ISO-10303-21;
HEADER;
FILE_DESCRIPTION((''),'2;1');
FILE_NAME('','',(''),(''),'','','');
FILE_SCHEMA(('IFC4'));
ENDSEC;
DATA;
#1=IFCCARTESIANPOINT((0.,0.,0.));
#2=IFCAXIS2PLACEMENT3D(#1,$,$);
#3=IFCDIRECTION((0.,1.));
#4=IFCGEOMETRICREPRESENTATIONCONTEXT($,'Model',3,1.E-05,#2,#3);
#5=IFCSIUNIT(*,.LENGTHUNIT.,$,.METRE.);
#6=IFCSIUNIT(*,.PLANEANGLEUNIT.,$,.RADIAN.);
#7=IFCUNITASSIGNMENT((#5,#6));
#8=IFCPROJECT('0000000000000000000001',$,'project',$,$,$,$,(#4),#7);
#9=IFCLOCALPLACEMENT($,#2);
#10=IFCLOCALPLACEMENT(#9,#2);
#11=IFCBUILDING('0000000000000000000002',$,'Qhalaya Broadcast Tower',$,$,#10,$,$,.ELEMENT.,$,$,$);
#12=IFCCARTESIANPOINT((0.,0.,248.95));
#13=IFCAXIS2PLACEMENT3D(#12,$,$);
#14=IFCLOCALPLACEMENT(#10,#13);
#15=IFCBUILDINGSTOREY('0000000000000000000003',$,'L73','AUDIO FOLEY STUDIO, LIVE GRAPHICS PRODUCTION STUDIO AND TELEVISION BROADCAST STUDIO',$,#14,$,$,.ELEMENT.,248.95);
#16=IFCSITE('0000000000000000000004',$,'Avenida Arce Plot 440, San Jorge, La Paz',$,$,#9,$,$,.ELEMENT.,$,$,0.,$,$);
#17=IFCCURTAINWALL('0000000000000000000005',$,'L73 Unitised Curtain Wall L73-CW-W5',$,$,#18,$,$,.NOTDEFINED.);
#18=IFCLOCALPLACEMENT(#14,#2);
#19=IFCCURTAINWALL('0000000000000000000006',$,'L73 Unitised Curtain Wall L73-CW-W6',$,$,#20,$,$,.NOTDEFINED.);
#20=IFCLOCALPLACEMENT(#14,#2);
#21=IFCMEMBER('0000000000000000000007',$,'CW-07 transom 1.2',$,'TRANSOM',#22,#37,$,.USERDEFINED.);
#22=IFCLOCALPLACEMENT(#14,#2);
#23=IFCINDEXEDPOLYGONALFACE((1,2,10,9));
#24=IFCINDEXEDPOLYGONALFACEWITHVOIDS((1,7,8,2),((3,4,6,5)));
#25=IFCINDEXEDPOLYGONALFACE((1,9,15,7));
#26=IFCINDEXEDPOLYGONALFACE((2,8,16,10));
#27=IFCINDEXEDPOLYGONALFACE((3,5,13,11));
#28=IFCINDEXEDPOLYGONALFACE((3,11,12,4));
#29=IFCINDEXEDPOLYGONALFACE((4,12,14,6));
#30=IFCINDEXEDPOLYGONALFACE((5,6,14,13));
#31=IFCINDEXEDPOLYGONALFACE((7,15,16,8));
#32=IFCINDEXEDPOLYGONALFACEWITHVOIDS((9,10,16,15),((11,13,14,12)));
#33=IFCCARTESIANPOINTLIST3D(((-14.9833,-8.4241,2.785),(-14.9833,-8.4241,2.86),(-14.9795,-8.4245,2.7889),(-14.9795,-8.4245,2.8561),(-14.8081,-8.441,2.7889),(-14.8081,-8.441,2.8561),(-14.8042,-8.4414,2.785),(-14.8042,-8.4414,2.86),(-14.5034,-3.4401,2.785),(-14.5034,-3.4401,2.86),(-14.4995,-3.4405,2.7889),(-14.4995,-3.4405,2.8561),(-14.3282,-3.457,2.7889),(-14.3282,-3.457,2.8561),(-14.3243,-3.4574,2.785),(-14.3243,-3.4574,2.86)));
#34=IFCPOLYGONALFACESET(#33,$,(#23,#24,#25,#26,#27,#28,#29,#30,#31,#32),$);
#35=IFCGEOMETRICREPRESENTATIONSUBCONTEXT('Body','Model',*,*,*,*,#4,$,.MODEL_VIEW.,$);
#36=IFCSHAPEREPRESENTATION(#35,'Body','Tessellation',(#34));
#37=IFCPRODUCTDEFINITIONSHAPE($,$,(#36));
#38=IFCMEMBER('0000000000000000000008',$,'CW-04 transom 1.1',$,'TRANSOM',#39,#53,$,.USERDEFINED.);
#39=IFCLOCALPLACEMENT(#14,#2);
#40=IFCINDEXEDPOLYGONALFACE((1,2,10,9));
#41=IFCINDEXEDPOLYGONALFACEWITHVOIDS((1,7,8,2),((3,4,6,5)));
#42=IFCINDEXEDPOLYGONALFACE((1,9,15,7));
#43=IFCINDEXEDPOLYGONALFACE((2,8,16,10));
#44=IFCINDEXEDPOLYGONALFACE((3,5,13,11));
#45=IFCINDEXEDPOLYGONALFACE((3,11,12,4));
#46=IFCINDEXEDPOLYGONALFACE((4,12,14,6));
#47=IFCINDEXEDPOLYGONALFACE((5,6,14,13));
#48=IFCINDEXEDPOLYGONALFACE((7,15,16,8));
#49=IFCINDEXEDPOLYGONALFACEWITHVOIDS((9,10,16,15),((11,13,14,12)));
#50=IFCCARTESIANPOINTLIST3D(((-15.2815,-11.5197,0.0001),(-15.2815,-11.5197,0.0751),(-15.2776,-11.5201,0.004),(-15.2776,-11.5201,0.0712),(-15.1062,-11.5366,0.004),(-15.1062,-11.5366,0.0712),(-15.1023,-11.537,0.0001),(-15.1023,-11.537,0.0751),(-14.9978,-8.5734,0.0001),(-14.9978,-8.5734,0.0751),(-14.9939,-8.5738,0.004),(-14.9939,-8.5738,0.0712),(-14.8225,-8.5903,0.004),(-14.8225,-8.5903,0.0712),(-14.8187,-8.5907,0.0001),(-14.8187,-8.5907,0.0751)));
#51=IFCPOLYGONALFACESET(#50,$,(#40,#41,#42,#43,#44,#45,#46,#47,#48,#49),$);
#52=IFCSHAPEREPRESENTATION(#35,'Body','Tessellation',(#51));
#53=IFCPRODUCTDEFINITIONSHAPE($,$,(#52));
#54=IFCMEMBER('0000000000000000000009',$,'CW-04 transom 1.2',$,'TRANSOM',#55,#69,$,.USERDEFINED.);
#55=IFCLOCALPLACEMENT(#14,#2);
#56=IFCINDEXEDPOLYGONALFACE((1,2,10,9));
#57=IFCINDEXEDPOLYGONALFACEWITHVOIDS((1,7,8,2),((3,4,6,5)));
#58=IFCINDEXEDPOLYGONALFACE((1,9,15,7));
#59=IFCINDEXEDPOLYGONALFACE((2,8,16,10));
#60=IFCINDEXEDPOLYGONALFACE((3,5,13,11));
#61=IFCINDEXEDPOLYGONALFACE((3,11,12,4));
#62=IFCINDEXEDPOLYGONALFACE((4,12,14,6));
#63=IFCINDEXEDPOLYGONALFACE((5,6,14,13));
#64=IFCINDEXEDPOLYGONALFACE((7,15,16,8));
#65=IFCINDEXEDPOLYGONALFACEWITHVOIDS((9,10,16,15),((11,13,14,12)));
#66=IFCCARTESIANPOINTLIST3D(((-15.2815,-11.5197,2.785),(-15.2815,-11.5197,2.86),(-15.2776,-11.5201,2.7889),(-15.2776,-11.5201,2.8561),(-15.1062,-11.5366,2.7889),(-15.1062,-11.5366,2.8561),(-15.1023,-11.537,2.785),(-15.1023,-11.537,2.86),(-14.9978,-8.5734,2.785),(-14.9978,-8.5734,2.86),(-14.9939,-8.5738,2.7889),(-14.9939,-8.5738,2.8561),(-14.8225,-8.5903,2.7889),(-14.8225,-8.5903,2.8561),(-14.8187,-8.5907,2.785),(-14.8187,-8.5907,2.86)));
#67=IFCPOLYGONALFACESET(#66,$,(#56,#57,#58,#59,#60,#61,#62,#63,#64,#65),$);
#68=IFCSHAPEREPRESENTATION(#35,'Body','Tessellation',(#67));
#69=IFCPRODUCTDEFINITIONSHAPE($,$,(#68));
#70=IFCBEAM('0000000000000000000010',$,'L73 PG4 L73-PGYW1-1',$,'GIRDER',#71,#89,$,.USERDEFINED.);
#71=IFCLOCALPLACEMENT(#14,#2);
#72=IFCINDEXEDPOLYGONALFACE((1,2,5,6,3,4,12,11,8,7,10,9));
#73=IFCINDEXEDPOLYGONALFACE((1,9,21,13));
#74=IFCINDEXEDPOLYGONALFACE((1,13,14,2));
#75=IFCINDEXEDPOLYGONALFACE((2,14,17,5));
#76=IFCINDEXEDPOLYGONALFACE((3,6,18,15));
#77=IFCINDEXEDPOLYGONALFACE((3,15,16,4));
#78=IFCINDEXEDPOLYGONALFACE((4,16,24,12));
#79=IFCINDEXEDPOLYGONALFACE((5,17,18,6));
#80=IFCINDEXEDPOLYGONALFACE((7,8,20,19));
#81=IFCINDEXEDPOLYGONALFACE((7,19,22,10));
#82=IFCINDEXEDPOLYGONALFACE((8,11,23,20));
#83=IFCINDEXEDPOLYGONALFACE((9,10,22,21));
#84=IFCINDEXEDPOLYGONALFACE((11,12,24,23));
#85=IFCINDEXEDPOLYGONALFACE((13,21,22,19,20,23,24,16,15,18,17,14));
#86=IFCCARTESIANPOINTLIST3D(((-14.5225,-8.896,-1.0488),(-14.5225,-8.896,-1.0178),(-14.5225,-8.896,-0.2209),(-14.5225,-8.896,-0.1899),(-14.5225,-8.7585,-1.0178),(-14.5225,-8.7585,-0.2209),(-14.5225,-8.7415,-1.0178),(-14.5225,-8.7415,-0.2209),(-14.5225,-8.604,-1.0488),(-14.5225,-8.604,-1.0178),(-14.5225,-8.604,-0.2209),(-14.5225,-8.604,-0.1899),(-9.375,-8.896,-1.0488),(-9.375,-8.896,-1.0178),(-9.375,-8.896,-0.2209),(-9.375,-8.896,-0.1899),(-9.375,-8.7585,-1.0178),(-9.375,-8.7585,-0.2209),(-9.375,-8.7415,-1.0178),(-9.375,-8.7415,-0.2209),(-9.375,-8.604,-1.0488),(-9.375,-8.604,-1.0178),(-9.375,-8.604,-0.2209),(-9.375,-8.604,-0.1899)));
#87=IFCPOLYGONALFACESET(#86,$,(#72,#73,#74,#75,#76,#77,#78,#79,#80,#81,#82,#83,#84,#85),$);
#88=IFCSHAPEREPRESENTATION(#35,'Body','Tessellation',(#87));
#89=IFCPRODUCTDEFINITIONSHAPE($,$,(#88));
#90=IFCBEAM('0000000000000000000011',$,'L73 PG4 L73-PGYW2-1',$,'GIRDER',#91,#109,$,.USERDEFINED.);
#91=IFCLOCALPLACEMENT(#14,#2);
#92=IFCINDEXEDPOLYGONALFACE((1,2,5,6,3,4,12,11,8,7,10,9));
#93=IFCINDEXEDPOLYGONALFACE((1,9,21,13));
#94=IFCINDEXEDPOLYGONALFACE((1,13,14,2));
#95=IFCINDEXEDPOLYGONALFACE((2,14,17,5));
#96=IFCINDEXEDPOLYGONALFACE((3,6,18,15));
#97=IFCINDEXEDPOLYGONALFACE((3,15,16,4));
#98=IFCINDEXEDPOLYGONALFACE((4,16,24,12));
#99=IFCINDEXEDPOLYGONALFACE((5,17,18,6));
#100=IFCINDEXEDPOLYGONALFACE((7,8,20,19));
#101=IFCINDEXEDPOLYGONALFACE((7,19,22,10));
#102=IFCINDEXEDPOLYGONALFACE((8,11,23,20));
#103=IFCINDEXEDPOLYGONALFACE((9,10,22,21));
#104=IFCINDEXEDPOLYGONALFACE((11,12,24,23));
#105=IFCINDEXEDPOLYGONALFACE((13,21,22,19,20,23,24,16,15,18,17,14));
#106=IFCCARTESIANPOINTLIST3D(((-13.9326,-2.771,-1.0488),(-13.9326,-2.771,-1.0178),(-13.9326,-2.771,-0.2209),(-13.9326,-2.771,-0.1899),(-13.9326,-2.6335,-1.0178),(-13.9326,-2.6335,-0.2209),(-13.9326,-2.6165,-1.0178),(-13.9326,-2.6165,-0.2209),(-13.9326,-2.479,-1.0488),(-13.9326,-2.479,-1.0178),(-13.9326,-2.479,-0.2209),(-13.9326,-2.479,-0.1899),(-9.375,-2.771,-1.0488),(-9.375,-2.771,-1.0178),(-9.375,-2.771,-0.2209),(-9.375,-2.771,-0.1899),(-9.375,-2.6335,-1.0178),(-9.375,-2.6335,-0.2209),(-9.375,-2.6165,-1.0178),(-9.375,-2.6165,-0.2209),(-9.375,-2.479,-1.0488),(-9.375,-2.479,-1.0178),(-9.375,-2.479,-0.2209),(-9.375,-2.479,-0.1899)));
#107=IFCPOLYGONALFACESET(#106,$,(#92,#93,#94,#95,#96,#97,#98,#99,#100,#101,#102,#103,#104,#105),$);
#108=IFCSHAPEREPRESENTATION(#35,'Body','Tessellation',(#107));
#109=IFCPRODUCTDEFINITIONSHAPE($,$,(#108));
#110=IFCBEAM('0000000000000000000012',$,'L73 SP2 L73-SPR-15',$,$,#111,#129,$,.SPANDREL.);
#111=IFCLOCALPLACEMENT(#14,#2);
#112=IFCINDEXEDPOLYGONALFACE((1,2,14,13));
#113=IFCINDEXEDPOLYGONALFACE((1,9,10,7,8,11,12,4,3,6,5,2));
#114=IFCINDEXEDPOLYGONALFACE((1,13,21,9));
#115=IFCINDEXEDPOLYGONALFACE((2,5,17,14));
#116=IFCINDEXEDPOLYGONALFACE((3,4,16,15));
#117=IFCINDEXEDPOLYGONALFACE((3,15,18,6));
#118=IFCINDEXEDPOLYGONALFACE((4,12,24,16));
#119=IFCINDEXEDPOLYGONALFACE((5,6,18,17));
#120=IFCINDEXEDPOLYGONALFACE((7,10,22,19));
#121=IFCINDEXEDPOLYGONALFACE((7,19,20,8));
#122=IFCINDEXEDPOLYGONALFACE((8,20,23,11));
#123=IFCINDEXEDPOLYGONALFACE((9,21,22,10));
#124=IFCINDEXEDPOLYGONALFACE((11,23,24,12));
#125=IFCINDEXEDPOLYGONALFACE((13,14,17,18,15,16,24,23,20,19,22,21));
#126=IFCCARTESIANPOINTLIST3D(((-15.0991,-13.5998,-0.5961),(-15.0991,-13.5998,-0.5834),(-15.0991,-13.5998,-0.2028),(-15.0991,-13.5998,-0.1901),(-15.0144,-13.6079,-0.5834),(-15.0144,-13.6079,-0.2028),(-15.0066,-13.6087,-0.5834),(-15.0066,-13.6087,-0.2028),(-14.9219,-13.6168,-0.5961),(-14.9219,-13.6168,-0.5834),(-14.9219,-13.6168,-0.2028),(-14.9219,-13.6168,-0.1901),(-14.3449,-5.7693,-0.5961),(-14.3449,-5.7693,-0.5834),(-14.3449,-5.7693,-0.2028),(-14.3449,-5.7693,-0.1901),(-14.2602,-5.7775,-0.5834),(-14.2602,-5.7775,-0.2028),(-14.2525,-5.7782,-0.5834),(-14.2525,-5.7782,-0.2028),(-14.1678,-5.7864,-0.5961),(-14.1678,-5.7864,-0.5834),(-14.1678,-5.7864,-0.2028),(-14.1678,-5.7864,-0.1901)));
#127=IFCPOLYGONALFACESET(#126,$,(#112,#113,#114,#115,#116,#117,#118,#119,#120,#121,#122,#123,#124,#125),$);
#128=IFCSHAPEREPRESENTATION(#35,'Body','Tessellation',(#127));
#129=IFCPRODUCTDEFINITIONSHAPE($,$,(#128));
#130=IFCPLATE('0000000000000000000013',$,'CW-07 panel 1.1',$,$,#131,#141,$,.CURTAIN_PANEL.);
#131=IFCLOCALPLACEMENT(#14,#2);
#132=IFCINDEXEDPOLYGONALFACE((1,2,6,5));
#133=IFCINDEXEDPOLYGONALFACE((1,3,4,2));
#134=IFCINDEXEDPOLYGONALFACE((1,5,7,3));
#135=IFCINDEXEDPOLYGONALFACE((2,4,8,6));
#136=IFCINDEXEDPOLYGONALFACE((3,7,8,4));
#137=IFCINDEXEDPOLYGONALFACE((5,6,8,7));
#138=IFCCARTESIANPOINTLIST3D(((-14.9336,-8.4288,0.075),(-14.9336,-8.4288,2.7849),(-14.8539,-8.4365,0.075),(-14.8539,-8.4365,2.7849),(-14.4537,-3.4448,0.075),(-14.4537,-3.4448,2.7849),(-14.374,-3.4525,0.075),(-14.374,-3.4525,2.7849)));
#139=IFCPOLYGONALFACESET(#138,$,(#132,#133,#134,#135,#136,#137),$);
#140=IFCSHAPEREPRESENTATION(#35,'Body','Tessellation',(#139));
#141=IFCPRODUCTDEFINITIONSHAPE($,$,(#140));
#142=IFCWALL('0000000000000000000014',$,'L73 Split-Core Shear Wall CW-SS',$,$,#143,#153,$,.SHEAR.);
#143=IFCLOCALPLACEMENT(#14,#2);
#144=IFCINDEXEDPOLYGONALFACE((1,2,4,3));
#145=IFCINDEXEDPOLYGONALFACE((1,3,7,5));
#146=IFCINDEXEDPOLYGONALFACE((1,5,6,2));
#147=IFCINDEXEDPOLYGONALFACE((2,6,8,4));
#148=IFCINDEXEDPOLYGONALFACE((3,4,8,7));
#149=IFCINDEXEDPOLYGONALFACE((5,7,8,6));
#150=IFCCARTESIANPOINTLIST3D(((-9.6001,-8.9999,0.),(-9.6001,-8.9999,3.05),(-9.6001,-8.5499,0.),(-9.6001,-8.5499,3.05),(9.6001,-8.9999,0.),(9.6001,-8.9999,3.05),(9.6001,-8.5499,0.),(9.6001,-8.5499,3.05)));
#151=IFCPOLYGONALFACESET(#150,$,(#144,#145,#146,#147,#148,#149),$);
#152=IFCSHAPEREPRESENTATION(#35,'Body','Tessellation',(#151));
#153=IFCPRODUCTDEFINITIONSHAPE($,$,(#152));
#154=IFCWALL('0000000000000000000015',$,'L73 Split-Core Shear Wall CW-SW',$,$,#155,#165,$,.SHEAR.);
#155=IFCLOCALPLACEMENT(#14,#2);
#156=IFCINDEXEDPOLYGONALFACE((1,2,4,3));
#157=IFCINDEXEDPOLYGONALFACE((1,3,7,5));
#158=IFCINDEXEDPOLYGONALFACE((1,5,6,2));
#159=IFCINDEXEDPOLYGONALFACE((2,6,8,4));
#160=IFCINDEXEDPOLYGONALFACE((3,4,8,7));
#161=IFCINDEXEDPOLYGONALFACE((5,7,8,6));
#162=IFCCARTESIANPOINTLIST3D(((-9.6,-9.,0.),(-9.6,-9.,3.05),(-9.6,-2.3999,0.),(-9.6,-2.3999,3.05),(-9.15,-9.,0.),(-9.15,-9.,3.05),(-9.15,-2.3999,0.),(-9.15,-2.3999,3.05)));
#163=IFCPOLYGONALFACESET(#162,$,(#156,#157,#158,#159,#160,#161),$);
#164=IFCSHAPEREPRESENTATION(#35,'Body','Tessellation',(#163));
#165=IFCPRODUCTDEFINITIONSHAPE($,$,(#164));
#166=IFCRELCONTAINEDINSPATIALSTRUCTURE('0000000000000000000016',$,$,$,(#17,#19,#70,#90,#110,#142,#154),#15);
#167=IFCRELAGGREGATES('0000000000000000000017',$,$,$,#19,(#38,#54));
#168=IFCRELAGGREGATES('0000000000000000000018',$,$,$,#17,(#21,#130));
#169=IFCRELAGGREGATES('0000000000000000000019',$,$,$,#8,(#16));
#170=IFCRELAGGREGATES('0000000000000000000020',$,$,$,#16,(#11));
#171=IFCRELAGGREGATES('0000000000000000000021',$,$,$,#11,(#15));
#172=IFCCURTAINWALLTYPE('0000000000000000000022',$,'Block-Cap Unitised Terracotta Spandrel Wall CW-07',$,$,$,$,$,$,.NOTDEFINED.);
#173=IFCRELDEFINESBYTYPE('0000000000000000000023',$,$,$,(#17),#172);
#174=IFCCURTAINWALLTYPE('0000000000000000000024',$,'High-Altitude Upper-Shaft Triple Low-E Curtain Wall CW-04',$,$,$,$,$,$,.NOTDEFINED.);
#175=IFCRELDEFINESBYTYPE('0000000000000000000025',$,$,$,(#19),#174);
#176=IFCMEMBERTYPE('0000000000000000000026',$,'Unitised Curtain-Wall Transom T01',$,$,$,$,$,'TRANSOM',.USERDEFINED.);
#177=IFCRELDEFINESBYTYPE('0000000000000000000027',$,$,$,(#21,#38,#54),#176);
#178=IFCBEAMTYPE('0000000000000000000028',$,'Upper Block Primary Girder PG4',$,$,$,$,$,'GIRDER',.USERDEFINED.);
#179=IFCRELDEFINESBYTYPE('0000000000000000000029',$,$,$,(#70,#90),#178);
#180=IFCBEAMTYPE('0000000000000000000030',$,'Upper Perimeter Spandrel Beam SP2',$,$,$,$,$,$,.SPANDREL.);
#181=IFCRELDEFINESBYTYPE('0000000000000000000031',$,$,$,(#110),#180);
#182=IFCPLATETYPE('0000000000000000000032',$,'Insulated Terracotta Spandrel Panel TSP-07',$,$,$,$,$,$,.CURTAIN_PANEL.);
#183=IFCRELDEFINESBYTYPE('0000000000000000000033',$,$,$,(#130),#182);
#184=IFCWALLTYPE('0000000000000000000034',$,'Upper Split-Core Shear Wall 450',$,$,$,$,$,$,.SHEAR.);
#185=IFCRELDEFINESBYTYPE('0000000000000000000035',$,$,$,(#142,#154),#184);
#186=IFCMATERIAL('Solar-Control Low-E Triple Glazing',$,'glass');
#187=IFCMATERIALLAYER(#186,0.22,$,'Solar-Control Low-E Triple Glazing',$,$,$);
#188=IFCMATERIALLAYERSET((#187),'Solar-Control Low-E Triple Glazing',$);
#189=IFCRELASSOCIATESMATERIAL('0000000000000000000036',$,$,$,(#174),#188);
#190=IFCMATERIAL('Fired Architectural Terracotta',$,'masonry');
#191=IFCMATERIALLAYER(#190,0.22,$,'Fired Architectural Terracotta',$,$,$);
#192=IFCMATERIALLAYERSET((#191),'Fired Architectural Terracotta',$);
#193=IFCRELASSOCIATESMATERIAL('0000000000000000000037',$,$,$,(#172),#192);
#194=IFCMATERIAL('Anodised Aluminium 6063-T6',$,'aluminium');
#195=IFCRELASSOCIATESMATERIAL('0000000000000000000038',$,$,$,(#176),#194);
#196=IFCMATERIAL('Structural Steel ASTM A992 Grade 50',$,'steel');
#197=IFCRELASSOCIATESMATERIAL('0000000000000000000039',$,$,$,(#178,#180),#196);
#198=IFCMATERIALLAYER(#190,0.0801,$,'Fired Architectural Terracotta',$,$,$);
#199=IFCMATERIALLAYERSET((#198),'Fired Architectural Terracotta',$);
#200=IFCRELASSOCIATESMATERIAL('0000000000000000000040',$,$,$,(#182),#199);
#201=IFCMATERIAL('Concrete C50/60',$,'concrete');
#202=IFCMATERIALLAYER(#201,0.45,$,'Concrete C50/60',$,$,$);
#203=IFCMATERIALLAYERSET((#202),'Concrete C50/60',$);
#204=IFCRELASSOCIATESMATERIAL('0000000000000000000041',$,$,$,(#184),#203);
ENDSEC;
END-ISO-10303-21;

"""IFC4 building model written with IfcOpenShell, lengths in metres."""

from ifc_helpers import new_model, si_unit, direction, frame, frame_2d, origin, origin_2d, place, context, subcontext, project, spatial, rectangle, hollow_rectangle, i_section, extrude, material, layer, layer_set, material_profile, profile_set, type_object, element, aggregate, save


model = new_model("IFC4")

# Units and contexts
model_context = context("Model", 3, precision=1e-05, world=origin(), true_north=direction((0.0, 1.0)))
body_context = subcontext(model_context, "Body", "Model", "MODEL_VIEW")
ifc_project = project(units=[si_unit("LENGTHUNIT", "METRE"), si_unit("PLANEANGLEUNIT", "RADIAN")], contexts=[model_context])

# Site, building, storey
site_placement = place(None, origin())
site = spatial("IfcSite", under=ifc_project, at=site_placement, Name="Avenida Arce Plot 440, San Jorge, La Paz", CompositionType="ELEMENT", RefElevation=0.0)
building_placement = place(site_placement, origin())
building = spatial("IfcBuilding", under=site, at=building_placement, Name="Qhalaya Broadcast Tower", CompositionType="ELEMENT")
storey_placement = place(building_placement, frame((0.0, 0.0, 248.95)))
storey = spatial("IfcBuildingStorey", under=building, at=storey_placement, Name="L73", Description="AUDIO FOLEY STUDIO, LIVE GRAPHICS PRODUCTION STUDIO AND TELEVISION BROADCAST STUDIO", CompositionType="ELEMENT", Elevation=248.95)

# Shared definitions
ifc_material_1 = material(Name="Structural Steel ASTM A992 Grade 50", Category="steel")

# Shared definitions
ifc_material_2 = material(Name="Solar-Control Low-E Triple Glazing", Category="glass")
ifc_layer_1 = layer(ifc_material_2, 0.22, Name="Solar-Control Low-E Triple Glazing")
ifc_layer_set_1 = layer_set([ifc_layer_1], Name="Solar-Control Low-E Triple Glazing")
curtain_wall_type_1 = type_object("IfcCurtainWallType", Name="High-Altitude Upper-Shaft Triple Low-E Curtain Wall CW-04", PredefinedType="NOTDEFINED", material=ifc_layer_set_1)
ifc_material_3 = material(Name="Anodised Aluminium 6063-T6", Category="aluminium")

# Curtain wall
ifc_material_4 = material(Name="Fired Architectural Terracotta", Category="masonry")
ifc_layer_2 = layer(ifc_material_4, 0.22, Name="Fired Architectural Terracotta")
ifc_layer_set_2 = layer_set([ifc_layer_2], Name="Fired Architectural Terracotta")
curtain_wall_type_2 = type_object("IfcCurtainWallType", Name="Block-Cap Unitised Terracotta Spandrel Wall CW-07", PredefinedType="NOTDEFINED", material=ifc_layer_set_2)
curtain_wall_1_placement = place(storey_placement, origin())
curtain_wall_1 = element("IfcCurtainWall", 1, at=curtain_wall_1_placement, inside=storey, type_object=curtain_wall_type_2, Name="L73 Unitised Curtain Wall L73-CW-W5", PredefinedType="NOTDEFINED")

# Curtain wall
curtain_wall_2_placement = place(storey_placement, origin())
curtain_wall_2 = element("IfcCurtainWall", 2, at=curtain_wall_2_placement, inside=storey, type_object=curtain_wall_type_1, Name="L73 Unitised Curtain Wall L73-CW-W6", PredefinedType="NOTDEFINED")

# Members
ifc_material_profile_1 = material_profile(ifc_material_3, hollow_rectangle(XDim=0.075, YDim=0.1799, WallThickness=0.0039, at=origin_2d()), Name="ALU-TRN 75x180x4")
ifc_profile_set_1 = profile_set([ifc_material_profile_1], Name="Anodised Aluminium 6063-T6")
member_type_1 = type_object("IfcMemberType", Name="Unitised Curtain-Wall Transom T01", ElementType="TRANSOM", PredefinedType="USERDEFINED", material=ifc_profile_set_1)
member_1_placement = place(storey_placement, frame((-14.4138, -3.4487, 2.8225), z_axis=(-0.095858, -0.995395, 0.0), x_axis=(0.0, 0.0, 1.0)))
member_1 = element("IfcMember", 3, at=member_1_placement, type_object=member_type_1, Name="CW-07 transom 1.2", ObjectType="TRANSOM", PredefinedType="USERDEFINED", context=body_context, shape_type="SweptSolid", body=[
    extrude(hollow_rectangle(XDim=0.075, YDim=0.1799, WallThickness=0.0039, at=origin_2d()), origin(), (0.0, 0.0, 1.0), 5.0071),
])
member_2_placement = place(storey_placement, frame((-14.9082, -8.582, 0.0376), z_axis=(-0.095844, -0.995396, 0.0), x_axis=(0.0, 0.0, 1.0)))
member_2 = element("IfcMember", 4, at=member_2_placement, type_object=member_type_1, Name="CW-04 transom 1.1", ObjectType="TRANSOM", PredefinedType="USERDEFINED", context=body_context, shape_type="SweptSolid", body=[
    extrude(hollow_rectangle(XDim=0.075, YDim=0.1799, WallThickness=0.0039, at=origin_2d()), origin(), (0.0, 0.0, 1.0), 2.96),
])
member_3_placement = place(storey_placement, frame((-14.9082, -8.582, 2.8225), z_axis=(-0.095844, -0.995396, 0.0), x_axis=(0.0, 0.0, 1.0)))
member_3 = element("IfcMember", 5, at=member_3_placement, type_object=member_type_1, Name="CW-04 transom 1.2", ObjectType="TRANSOM", PredefinedType="USERDEFINED", context=body_context, shape_type="SweptSolid", body=[
    extrude(hollow_rectangle(XDim=0.075, YDim=0.1799, WallThickness=0.0039, at=origin_2d()), origin(), (0.0, 0.0, 1.0), 2.96),
])
aggregate(curtain_wall_2, [member_2, member_3])

# Beams
ifc_material_profile_2 = material_profile(ifc_material_1, i_section(OverallWidth=0.292, OverallDepth=0.8589, WebThickness=0.0171, FlangeThickness=0.031, at=origin_2d()), Name="W33X169")
ifc_profile_set_2 = profile_set([ifc_material_profile_2], Name="Structural Steel ASTM A992 Grade 50")
beam_type_1 = type_object("IfcBeamType", Name="Upper Block Primary Girder PG4", ElementType="GIRDER", PredefinedType="USERDEFINED", material=ifc_profile_set_2)
beam_1_placement = place(storey_placement, frame((-14.5225, -8.75, -0.6194), z_axis=(1.0, 0.0, 0.0), x_axis=(0.0, 1.0, 0.0)))
element("IfcBeam", 6, at=beam_1_placement, inside=storey, type_object=beam_type_1, Name="L73 PG4 L73-PGYW1-1", ObjectType="GIRDER", PredefinedType="USERDEFINED", context=body_context, shape_type="SweptSolid", body=[
    extrude(i_section(OverallWidth=0.292, OverallDepth=0.8589, WebThickness=0.0171, FlangeThickness=0.031, at=origin_2d()), origin(), (0.0, 0.0, 1.0), 5.1475),
])
beam_2_placement = place(storey_placement, frame((-13.9326, -2.625, -0.6194), z_axis=(1.0, 0.0, 0.0), x_axis=(0.0, 1.0, 0.0)))
element("IfcBeam", 7, at=beam_2_placement, inside=storey, type_object=beam_type_1, Name="L73 PG4 L73-PGYW2-1", ObjectType="GIRDER", PredefinedType="USERDEFINED", context=body_context, shape_type="SweptSolid", body=[
    extrude(i_section(OverallWidth=0.292, OverallDepth=0.8589, WebThickness=0.0171, FlangeThickness=0.031, at=origin_2d()), origin(), (0.0, 0.0, 1.0), 4.5576),
])
ifc_material_profile_3 = material_profile(ifc_material_1, i_section(OverallWidth=0.178, OverallDepth=0.406, WebThickness=0.0078, FlangeThickness=0.0127, at=origin_2d()), Name="W16X40")
ifc_profile_set_3 = profile_set([ifc_material_profile_3], Name="Structural Steel ASTM A992 Grade 50")
beam_type_2 = type_object("IfcBeamType", Name="Upper Perimeter Spandrel Beam SP2", PredefinedType="SPANDREL", material=ifc_profile_set_3)
beam_3_placement = place(storey_placement, frame((-14.2563, -5.7778, -0.3931), z_axis=(-0.095865, -0.995394, 0.0), x_axis=(0.995394, -0.095865, 0.0)))
element("IfcBeam", 8, at=beam_3_placement, inside=storey, type_object=beam_type_2, Name="L73 SP2 L73-SPR-15", PredefinedType="SPANDREL", context=body_context, shape_type="SweptSolid", body=[
    extrude(i_section(OverallWidth=0.178, OverallDepth=0.406, WebThickness=0.0078, FlangeThickness=0.0127, at=origin_2d()), origin(), (0.0, 0.0, 1.0), 7.8667),
])

# Plate
ifc_layer_3 = layer(ifc_material_4, 0.0801, Name="Fired Architectural Terracotta")
ifc_layer_set_3 = layer_set([ifc_layer_3], Name="Fired Architectural Terracotta")
plate_type = type_object("IfcPlateType", Name="Insulated Terracotta Spandrel Panel TSP-07", PredefinedType="CURTAIN_PANEL", material=ifc_layer_set_3)
plate_placement = place(storey_placement, frame((-14.6538, -5.9407, 0.075), z_axis=(0.0, 0.0, 1.0), x_axis=(-0.095849, -0.995396, 0.0)))
plate = element("IfcPlate", 9, at=plate_placement, type_object=plate_type, Name="CW-07 panel 1.1", PredefinedType="CURTAIN_PANEL", context=body_context, shape_type="SweptSolid", body=[
    extrude(rectangle(XDim=5.0071, YDim=0.0801, at=origin_2d()), origin(), (0.0, 0.0, 1.0), 2.71),
])
aggregate(curtain_wall_1, [member_1, plate])

# Wall
ifc_material_5 = material(Name="Concrete C50/60", Category="concrete")
ifc_layer_4 = layer(ifc_material_5, 0.45, Name="Concrete C50/60")
ifc_layer_set_4 = layer_set([ifc_layer_4], Name="Concrete C50/60")
wall_type = type_object("IfcWallType", Name="Upper Split-Core Shear Wall 450", PredefinedType="SHEAR", material=ifc_layer_set_4)
wall_1_placement = place(storey_placement, frame((-9.6001, -8.7749, 0.0), z_axis=(0.0, 0.0, 1.0), x_axis=(1.0, 0.0, 0.0)))
element("IfcWall", 10, at=wall_1_placement, inside=storey, type_object=wall_type, Name="L73 Split-Core Shear Wall CW-SS", PredefinedType="SHEAR", context=body_context, shape_type="SweptSolid", body=[
    extrude(rectangle(XDim=19.2002, YDim=0.45, at=frame_2d((9.6001, 0.0))), origin(), (0.0, 0.0, 1.0), 3.05),
])

# Wall
wall_2_placement = place(storey_placement, frame((-9.375, -9.0, 0.0), z_axis=(0.0, 0.0, 1.0), x_axis=(0.0, 1.0, 0.0)))
element("IfcWall", 11, at=wall_2_placement, inside=storey, type_object=wall_type, Name="L73 Split-Core Shear Wall CW-SW", PredefinedType="SHEAR", context=body_context, shape_type="SweptSolid", body=[
    extrude(rectangle(XDim=6.6001, YDim=0.45, at=frame_2d((3.3, 0.0))), origin(), (0.0, 0.0, 1.0), 3.05),
])

save(model, "model.ifc")
